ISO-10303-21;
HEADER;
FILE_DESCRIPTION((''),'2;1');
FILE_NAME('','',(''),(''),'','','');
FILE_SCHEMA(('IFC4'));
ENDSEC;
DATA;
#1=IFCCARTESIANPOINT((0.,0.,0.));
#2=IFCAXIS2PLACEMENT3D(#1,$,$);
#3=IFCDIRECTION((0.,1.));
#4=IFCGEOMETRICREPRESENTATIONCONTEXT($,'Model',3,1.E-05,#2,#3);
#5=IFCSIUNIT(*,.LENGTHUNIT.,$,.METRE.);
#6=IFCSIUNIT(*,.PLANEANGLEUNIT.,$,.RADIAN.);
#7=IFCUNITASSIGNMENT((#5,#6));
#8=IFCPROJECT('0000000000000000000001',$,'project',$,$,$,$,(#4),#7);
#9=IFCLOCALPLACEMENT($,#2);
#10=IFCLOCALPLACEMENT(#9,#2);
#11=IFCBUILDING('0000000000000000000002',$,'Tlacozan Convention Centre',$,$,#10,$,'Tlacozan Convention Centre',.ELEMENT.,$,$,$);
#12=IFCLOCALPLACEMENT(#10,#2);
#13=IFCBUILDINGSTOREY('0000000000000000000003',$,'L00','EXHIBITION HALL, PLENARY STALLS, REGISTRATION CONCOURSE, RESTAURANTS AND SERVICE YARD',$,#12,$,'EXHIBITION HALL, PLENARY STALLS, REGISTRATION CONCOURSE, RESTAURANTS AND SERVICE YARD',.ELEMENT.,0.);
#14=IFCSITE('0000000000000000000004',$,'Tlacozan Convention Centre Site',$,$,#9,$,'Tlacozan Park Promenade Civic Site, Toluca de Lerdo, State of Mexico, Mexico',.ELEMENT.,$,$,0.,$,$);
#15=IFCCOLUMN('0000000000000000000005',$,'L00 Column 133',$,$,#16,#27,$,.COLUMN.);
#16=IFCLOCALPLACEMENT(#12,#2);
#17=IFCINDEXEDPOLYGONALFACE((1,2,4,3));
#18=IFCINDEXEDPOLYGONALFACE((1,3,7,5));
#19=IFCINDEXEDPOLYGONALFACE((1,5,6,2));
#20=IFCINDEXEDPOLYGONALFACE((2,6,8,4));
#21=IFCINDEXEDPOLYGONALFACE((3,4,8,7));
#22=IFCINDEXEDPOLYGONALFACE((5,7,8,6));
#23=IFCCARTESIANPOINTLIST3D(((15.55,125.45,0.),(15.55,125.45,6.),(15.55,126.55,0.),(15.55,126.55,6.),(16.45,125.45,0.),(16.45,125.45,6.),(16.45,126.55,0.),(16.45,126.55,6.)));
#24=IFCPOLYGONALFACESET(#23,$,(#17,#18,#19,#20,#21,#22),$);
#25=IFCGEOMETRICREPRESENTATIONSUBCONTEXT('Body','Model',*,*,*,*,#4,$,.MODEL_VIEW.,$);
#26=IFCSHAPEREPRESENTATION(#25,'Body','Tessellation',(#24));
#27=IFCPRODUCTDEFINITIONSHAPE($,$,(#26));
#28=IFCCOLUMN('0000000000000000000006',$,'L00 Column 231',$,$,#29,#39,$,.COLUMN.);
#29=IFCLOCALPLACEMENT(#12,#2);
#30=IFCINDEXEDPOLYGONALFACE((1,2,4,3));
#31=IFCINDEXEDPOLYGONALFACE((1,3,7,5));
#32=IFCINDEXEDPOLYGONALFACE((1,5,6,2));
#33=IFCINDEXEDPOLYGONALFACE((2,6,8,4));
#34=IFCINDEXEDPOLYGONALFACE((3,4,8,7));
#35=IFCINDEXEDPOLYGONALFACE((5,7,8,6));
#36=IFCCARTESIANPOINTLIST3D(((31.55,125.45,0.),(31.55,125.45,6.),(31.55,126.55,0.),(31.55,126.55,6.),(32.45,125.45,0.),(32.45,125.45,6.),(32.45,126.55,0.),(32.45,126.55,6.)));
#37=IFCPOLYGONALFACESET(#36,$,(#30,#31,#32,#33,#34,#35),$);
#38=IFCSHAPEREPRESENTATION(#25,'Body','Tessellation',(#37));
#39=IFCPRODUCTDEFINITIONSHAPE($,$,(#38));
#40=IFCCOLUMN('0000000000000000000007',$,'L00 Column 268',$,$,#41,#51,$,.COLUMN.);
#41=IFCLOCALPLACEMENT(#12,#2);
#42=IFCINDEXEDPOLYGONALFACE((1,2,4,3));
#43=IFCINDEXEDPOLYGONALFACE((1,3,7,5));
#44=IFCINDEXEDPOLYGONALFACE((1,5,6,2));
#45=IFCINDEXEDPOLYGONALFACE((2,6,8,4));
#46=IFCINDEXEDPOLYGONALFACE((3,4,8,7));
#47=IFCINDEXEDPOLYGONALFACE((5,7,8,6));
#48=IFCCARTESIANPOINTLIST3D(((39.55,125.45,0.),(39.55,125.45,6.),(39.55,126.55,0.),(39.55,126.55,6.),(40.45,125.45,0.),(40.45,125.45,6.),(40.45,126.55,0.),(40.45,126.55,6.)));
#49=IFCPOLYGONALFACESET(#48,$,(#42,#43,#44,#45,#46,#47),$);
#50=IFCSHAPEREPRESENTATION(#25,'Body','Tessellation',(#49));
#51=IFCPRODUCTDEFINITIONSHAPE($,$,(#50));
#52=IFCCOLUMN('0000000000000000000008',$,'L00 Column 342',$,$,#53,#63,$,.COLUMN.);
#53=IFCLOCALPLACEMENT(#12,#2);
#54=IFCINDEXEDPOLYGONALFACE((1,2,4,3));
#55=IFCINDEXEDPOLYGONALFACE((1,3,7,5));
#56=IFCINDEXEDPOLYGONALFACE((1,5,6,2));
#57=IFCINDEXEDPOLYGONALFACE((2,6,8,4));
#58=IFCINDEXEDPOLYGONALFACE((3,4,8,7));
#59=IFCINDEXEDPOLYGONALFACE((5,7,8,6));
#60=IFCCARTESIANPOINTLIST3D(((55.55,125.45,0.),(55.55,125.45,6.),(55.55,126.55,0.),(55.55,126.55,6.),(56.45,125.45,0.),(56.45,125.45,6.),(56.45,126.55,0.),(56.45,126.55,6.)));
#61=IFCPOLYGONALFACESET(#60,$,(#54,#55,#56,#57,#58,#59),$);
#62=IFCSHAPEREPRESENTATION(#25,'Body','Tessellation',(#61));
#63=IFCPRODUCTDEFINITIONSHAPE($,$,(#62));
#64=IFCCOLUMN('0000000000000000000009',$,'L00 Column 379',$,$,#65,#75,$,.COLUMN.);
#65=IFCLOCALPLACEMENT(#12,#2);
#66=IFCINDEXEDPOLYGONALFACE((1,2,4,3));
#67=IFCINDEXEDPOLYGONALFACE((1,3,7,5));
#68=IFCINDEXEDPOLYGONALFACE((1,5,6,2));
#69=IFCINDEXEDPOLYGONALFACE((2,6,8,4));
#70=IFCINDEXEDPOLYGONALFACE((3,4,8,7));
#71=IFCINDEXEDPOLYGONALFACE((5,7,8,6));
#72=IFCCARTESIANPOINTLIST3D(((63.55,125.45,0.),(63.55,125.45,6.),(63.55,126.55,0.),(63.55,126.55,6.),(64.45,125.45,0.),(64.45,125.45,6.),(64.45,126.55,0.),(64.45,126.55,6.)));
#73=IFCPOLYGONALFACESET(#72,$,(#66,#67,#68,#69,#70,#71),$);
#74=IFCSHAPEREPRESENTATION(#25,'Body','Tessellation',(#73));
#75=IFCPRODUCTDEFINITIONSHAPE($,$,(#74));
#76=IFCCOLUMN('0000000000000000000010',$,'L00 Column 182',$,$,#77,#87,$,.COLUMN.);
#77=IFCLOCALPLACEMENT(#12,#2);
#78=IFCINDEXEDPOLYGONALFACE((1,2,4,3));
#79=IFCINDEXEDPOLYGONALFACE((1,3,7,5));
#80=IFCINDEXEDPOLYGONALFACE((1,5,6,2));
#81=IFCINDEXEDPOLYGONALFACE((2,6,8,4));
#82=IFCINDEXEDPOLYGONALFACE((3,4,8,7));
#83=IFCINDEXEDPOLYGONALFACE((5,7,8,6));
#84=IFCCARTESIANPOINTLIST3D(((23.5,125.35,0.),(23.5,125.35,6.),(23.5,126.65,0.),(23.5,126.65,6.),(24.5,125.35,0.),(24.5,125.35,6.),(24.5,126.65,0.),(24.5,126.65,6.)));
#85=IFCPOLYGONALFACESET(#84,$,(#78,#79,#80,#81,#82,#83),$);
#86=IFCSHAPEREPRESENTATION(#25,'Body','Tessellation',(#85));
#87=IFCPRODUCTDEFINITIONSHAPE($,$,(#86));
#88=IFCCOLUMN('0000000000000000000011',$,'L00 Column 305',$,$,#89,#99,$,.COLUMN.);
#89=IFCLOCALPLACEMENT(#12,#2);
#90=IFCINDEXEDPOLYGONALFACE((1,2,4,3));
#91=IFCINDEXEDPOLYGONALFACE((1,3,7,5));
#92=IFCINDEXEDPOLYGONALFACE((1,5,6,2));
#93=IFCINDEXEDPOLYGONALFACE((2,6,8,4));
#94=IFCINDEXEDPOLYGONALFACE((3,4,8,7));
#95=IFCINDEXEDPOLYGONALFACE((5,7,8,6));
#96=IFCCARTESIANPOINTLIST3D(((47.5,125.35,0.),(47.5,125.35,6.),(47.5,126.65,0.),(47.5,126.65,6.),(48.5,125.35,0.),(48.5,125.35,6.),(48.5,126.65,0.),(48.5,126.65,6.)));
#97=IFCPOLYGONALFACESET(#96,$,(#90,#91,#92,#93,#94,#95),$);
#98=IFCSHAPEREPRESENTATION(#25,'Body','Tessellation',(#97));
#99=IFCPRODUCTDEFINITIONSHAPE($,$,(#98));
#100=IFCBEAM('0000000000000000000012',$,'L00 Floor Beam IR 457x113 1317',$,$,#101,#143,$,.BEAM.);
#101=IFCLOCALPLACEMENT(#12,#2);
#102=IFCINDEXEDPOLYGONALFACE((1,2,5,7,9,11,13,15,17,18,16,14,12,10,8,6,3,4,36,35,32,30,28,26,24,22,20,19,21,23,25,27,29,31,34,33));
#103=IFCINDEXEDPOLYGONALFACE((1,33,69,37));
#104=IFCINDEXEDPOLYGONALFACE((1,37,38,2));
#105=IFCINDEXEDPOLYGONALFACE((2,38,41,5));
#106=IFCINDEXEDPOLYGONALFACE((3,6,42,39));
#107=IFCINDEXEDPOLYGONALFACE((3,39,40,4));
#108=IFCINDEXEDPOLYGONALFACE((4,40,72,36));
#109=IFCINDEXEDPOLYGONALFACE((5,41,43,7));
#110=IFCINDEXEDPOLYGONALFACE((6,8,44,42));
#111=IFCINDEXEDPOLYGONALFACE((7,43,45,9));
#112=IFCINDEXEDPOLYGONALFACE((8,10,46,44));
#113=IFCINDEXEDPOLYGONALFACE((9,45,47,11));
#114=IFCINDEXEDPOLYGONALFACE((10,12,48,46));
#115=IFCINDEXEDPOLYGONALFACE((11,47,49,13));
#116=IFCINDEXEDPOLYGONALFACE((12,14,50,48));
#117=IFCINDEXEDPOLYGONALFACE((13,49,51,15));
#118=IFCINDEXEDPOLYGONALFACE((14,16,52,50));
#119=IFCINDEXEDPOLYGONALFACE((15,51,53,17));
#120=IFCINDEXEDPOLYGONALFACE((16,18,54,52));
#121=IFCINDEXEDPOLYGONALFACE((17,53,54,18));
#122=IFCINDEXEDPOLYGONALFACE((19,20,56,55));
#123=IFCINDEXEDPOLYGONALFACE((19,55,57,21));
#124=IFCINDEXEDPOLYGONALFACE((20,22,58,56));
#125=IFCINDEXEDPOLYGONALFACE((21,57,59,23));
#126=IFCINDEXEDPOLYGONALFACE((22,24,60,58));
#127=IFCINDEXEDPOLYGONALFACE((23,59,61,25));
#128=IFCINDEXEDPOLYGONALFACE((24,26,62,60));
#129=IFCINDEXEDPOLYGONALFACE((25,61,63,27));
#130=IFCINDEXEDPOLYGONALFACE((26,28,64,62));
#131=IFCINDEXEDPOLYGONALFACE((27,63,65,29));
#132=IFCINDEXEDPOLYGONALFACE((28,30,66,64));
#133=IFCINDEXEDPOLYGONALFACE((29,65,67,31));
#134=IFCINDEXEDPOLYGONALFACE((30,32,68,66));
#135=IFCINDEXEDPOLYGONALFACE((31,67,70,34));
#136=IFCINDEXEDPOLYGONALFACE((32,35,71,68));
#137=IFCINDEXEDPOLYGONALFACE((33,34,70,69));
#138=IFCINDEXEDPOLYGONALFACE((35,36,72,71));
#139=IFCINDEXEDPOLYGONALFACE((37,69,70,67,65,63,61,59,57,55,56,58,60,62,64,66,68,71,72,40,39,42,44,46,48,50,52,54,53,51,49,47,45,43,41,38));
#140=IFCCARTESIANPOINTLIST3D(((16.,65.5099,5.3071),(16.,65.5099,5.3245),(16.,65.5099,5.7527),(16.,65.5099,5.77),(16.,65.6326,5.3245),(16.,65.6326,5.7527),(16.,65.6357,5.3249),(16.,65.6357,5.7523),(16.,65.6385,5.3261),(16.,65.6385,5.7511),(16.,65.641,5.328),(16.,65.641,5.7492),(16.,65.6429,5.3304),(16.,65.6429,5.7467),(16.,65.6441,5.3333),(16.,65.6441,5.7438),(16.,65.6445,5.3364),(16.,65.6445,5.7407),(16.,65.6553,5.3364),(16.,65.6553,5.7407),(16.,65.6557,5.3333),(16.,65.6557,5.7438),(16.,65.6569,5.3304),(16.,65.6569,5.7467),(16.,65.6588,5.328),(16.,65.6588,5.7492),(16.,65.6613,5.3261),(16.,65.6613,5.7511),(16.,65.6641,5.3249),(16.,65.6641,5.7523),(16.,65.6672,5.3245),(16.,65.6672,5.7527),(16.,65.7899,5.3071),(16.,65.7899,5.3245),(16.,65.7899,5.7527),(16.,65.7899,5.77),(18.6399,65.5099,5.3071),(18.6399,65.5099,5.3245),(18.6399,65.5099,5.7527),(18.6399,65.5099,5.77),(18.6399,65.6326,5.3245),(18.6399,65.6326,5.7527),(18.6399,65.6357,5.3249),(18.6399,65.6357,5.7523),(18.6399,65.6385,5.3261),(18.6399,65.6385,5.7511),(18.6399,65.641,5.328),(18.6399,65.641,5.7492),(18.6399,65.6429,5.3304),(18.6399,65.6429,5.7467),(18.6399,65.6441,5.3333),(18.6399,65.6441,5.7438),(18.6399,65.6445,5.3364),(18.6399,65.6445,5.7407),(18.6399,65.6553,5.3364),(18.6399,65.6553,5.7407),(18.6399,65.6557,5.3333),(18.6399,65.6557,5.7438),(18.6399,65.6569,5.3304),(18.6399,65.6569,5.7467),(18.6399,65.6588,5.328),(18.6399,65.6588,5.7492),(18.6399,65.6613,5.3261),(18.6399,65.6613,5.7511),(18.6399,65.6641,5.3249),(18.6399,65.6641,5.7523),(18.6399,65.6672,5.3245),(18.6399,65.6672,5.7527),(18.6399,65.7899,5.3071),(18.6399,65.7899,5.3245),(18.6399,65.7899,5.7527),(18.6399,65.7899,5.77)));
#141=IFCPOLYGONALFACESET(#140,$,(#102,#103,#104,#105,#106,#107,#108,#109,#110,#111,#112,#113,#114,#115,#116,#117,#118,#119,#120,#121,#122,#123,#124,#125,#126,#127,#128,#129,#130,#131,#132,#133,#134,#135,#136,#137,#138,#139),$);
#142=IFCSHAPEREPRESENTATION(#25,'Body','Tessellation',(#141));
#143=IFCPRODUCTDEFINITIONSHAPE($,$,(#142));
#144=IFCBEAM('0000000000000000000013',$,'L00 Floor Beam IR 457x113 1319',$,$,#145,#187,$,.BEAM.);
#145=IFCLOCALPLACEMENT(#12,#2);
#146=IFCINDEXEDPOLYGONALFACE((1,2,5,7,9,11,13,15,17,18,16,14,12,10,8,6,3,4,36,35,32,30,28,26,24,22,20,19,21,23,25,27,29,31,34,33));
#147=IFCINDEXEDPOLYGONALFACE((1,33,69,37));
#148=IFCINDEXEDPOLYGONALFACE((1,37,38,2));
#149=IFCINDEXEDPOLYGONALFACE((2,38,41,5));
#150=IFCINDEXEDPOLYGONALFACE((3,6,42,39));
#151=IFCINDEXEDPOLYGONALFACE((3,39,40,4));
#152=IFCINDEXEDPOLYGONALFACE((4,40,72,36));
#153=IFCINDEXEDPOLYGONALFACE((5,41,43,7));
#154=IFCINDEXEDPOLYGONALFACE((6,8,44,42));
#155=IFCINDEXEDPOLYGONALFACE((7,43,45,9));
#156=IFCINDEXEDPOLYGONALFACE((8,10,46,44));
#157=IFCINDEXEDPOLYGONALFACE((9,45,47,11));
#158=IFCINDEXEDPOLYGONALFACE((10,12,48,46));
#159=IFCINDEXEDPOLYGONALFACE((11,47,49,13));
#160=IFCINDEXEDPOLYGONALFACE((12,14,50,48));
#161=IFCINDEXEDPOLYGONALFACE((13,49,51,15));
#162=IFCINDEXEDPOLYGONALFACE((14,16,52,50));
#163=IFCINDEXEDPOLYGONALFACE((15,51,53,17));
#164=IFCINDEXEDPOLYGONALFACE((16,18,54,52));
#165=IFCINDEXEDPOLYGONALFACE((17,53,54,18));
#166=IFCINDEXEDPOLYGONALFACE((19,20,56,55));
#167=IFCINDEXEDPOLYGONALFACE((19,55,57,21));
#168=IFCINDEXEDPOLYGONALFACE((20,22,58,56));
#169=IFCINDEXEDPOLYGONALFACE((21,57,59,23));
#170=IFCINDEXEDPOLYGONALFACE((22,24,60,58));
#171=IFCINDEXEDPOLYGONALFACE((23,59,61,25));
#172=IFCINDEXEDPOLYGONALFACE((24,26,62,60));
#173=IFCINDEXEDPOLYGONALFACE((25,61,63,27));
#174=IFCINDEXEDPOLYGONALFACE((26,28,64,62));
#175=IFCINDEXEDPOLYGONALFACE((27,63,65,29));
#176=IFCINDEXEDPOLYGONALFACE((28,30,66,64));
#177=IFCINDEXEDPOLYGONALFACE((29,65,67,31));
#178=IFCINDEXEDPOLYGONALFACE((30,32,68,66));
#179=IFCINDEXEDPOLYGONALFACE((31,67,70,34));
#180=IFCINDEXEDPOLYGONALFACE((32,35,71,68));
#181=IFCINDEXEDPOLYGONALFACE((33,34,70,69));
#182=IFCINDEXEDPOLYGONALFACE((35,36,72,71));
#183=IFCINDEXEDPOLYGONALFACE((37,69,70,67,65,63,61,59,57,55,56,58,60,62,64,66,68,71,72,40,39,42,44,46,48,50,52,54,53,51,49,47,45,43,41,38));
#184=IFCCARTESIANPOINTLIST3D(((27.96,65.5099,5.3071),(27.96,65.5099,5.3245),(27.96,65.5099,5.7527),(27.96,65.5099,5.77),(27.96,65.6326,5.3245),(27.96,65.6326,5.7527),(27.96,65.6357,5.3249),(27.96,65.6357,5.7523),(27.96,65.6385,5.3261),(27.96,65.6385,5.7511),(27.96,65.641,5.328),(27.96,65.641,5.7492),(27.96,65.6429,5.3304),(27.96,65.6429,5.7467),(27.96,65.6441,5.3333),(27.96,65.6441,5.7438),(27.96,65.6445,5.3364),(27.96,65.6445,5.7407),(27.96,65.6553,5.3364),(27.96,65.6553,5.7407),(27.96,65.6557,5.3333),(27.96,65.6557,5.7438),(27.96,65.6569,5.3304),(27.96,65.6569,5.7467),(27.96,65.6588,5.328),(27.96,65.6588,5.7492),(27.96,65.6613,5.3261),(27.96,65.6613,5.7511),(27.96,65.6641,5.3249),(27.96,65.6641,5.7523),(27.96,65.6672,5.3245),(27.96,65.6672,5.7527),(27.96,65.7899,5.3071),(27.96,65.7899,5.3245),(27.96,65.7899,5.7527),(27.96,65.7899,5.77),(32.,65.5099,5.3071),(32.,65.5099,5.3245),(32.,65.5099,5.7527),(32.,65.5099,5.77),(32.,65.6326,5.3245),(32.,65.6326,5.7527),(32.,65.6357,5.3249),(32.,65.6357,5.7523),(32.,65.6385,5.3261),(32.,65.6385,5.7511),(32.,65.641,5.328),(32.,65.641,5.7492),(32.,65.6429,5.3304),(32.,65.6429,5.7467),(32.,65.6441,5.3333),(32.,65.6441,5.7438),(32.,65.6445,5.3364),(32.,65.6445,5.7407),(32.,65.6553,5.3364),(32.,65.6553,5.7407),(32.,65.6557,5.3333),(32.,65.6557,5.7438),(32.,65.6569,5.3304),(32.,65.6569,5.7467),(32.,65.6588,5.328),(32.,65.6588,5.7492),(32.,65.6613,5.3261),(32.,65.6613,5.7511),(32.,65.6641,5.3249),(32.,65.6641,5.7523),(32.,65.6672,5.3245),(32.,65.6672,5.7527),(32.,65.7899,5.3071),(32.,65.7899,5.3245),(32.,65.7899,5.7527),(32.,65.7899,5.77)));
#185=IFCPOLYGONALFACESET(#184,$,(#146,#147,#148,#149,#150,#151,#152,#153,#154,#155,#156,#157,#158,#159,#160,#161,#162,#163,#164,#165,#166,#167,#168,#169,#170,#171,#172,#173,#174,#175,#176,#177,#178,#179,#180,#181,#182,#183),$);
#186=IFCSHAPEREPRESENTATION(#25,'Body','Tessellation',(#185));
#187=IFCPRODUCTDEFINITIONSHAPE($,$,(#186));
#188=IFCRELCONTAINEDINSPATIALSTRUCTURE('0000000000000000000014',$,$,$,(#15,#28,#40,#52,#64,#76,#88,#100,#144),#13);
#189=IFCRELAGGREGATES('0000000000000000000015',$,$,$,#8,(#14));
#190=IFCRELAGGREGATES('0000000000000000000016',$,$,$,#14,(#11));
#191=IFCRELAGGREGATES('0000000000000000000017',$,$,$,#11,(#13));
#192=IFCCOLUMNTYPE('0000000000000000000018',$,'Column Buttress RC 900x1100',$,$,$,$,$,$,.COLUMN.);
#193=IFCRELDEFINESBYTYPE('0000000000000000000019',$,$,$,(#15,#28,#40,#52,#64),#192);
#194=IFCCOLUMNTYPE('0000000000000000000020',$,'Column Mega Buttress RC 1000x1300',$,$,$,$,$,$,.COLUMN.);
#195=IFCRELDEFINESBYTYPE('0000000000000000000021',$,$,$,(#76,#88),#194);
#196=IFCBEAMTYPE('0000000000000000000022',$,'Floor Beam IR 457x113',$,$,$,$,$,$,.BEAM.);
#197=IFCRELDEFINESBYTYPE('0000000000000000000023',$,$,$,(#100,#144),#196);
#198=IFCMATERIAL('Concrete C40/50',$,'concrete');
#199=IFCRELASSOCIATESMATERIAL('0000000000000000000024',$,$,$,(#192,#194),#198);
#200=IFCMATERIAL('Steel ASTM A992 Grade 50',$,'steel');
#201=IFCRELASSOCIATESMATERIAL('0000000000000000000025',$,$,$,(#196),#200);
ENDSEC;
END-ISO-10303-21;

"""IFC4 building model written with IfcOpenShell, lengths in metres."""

from ifc_helpers import new_model, si_unit, direction, frame, origin, origin_2d, place, context, subcontext, project, spatial, rectangle, i_section, extrude, material, material_profile, profile_set, type_object, element, save


model = new_model("IFC4")

# Units and contexts
model_context = context("Model", 3, precision=1e-05, world=origin(), true_north=direction((0.0, 1.0)))
body_context = subcontext(model_context, "Body", "Model", "MODEL_VIEW")
ifc_project = project(units=[si_unit("LENGTHUNIT", "METRE"), si_unit("PLANEANGLEUNIT", "RADIAN")], contexts=[model_context])

# Site, building, storey
site_placement = place(None, origin())
site = spatial("IfcSite", under=ifc_project, at=site_placement, Name="Tlacozan Convention Centre Site", LongName="Tlacozan Park Promenade Civic Site, Toluca de Lerdo, State of Mexico, Mexico", CompositionType="ELEMENT", RefElevation=0.0)
building_placement = place(site_placement, origin())
building = spatial("IfcBuilding", under=site, at=building_placement, Name="Tlacozan Convention Centre", LongName="Tlacozan Convention Centre", CompositionType="ELEMENT")
storey_placement = place(building_placement, origin())
storey = spatial("IfcBuildingStorey", under=building, at=storey_placement, Name="L00", Description="EXHIBITION HALL, PLENARY STALLS, REGISTRATION CONCOURSE, RESTAURANTS AND SERVICE YARD", LongName="EXHIBITION HALL, PLENARY STALLS, REGISTRATION CONCOURSE, RESTAURANTS AND SERVICE YARD", CompositionType="ELEMENT", Elevation=0.0)

# Columns
ifc_material_1 = material(Name="Concrete C40/50", Category="concrete")
ifc_material_profile_1 = material_profile(ifc_material_1, rectangle(XDim=0.8999, YDim=1.1001, at=origin_2d()), Name="RC 900x1100")
ifc_profile_set_1 = profile_set([ifc_material_profile_1], Name="Concrete C40/50")
column_type_1 = type_object("IfcColumnType", Name="Column Buttress RC 900x1100", PredefinedType="COLUMN", material=ifc_profile_set_1)
for number, where, z_axis, x_axis, name in (
    (1, (16.0, 126.0, 0.0), (0.0, 0.0, 1.0), (1.0, 0.0, 0.0), "L00 Column 133"),
    (2, (32.0, 126.0, 0.0), (0.0, 0.0, 1.0), (1.0, 0.0, 0.0), "L00 Column 231"),
    (3, (40.0, 126.0, 0.0), (0.0, 0.0, 1.0), (1.0, 0.0, 0.0), "L00 Column 268"),
    (4, (56.0, 126.0, 0.0), (0.0, 0.0, 1.0), (1.0, 0.0, 0.0), "L00 Column 342"),
    (5, (64.0, 126.0, 0.0), (0.0, 0.0, 1.0), (1.0, 0.0, 0.0), "L00 Column 379"),
):
    element("IfcColumn", number, at=place(storey_placement, frame(where, z_axis=z_axis, x_axis=x_axis)), inside=storey, type_object=column_type_1, Name=name, PredefinedType="COLUMN", context=body_context, shape_type="SweptSolid", body=[
        extrude(rectangle(XDim=0.8999, YDim=1.1001, at=origin_2d()), origin(), (0.0, 0.0, 1.0), 6.0),
    ])
ifc_material_profile_2 = material_profile(ifc_material_1, rectangle(XDim=1.0, YDim=1.3, at=origin_2d()), Name="RC 1000x1300")
ifc_profile_set_2 = profile_set([ifc_material_profile_2], Name="Concrete C40/50")
column_type_2 = type_object("IfcColumnType", Name="Column Mega Buttress RC 1000x1300", PredefinedType="COLUMN", material=ifc_profile_set_2)
for number, where, z_axis, x_axis, name in (
    (6, (24.0, 126.0, 0.0), (0.0, 0.0, 1.0), (1.0, 0.0, 0.0), "L00 Column 182"),
    (7, (48.0, 126.0, 0.0), (0.0, 0.0, 1.0), (1.0, 0.0, 0.0), "L00 Column 305"),
):
    element("IfcColumn", number, at=place(storey_placement, frame(where, z_axis=z_axis, x_axis=x_axis)), inside=storey, type_object=column_type_2, Name=name, PredefinedType="COLUMN", context=body_context, shape_type="SweptSolid", body=[
        extrude(rectangle(XDim=1.0, YDim=1.3, at=origin_2d()), origin(), (0.0, 0.0, 1.0), 6.0),
    ])

# Beams
ifc_material_2 = material(Name="Steel ASTM A992 Grade 50", Category="steel")
ifc_material_profile_3 = material_profile(ifc_material_2, i_section(OverallWidth=0.28, OverallDepth=0.4629, WebThickness=0.0107, FlangeThickness=0.0173, FilletRadius=0.012, at=origin_2d()), Name="IR 457x113.0")
ifc_profile_set_3 = profile_set([ifc_material_profile_3], Name="Steel ASTM A992 Grade 50")
beam_type = type_object("IfcBeamType", Name="Floor Beam IR 457x113", PredefinedType="BEAM", material=ifc_profile_set_3)
beam_1_placement = place(storey_placement, frame((16.0, 65.6499, 5.5386), z_axis=(1.0, 0.0, 0.0), x_axis=(0.0, 1.0, 0.0)))
element("IfcBeam", 8, at=beam_1_placement, inside=storey, type_object=beam_type, Name="L00 Floor Beam IR 457x113 1317", PredefinedType="BEAM", context=body_context, shape_type="SweptSolid", body=[
    extrude(i_section(OverallWidth=0.28, OverallDepth=0.4629, WebThickness=0.0107, FlangeThickness=0.0173, FilletRadius=0.012, at=origin_2d()), origin(), (0.0, 0.0, 1.0), 2.6399),
])
beam_2_placement = place(storey_placement, frame((27.96, 65.6499, 5.5386), z_axis=(1.0, 0.0, 0.0), x_axis=(0.0, 1.0, 0.0)))
element("IfcBeam", 9, at=beam_2_placement, inside=storey, type_object=beam_type, Name="L00 Floor Beam IR 457x113 1319", PredefinedType="BEAM", context=body_context, shape_type="SweptSolid", body=[
    extrude(i_section(OverallWidth=0.28, OverallDepth=0.4629, WebThickness=0.0107, FlangeThickness=0.0173, FilletRadius=0.012, at=origin_2d()), origin(), (0.0, 0.0, 1.0), 4.04),
])

save(model, "model.ifc")
